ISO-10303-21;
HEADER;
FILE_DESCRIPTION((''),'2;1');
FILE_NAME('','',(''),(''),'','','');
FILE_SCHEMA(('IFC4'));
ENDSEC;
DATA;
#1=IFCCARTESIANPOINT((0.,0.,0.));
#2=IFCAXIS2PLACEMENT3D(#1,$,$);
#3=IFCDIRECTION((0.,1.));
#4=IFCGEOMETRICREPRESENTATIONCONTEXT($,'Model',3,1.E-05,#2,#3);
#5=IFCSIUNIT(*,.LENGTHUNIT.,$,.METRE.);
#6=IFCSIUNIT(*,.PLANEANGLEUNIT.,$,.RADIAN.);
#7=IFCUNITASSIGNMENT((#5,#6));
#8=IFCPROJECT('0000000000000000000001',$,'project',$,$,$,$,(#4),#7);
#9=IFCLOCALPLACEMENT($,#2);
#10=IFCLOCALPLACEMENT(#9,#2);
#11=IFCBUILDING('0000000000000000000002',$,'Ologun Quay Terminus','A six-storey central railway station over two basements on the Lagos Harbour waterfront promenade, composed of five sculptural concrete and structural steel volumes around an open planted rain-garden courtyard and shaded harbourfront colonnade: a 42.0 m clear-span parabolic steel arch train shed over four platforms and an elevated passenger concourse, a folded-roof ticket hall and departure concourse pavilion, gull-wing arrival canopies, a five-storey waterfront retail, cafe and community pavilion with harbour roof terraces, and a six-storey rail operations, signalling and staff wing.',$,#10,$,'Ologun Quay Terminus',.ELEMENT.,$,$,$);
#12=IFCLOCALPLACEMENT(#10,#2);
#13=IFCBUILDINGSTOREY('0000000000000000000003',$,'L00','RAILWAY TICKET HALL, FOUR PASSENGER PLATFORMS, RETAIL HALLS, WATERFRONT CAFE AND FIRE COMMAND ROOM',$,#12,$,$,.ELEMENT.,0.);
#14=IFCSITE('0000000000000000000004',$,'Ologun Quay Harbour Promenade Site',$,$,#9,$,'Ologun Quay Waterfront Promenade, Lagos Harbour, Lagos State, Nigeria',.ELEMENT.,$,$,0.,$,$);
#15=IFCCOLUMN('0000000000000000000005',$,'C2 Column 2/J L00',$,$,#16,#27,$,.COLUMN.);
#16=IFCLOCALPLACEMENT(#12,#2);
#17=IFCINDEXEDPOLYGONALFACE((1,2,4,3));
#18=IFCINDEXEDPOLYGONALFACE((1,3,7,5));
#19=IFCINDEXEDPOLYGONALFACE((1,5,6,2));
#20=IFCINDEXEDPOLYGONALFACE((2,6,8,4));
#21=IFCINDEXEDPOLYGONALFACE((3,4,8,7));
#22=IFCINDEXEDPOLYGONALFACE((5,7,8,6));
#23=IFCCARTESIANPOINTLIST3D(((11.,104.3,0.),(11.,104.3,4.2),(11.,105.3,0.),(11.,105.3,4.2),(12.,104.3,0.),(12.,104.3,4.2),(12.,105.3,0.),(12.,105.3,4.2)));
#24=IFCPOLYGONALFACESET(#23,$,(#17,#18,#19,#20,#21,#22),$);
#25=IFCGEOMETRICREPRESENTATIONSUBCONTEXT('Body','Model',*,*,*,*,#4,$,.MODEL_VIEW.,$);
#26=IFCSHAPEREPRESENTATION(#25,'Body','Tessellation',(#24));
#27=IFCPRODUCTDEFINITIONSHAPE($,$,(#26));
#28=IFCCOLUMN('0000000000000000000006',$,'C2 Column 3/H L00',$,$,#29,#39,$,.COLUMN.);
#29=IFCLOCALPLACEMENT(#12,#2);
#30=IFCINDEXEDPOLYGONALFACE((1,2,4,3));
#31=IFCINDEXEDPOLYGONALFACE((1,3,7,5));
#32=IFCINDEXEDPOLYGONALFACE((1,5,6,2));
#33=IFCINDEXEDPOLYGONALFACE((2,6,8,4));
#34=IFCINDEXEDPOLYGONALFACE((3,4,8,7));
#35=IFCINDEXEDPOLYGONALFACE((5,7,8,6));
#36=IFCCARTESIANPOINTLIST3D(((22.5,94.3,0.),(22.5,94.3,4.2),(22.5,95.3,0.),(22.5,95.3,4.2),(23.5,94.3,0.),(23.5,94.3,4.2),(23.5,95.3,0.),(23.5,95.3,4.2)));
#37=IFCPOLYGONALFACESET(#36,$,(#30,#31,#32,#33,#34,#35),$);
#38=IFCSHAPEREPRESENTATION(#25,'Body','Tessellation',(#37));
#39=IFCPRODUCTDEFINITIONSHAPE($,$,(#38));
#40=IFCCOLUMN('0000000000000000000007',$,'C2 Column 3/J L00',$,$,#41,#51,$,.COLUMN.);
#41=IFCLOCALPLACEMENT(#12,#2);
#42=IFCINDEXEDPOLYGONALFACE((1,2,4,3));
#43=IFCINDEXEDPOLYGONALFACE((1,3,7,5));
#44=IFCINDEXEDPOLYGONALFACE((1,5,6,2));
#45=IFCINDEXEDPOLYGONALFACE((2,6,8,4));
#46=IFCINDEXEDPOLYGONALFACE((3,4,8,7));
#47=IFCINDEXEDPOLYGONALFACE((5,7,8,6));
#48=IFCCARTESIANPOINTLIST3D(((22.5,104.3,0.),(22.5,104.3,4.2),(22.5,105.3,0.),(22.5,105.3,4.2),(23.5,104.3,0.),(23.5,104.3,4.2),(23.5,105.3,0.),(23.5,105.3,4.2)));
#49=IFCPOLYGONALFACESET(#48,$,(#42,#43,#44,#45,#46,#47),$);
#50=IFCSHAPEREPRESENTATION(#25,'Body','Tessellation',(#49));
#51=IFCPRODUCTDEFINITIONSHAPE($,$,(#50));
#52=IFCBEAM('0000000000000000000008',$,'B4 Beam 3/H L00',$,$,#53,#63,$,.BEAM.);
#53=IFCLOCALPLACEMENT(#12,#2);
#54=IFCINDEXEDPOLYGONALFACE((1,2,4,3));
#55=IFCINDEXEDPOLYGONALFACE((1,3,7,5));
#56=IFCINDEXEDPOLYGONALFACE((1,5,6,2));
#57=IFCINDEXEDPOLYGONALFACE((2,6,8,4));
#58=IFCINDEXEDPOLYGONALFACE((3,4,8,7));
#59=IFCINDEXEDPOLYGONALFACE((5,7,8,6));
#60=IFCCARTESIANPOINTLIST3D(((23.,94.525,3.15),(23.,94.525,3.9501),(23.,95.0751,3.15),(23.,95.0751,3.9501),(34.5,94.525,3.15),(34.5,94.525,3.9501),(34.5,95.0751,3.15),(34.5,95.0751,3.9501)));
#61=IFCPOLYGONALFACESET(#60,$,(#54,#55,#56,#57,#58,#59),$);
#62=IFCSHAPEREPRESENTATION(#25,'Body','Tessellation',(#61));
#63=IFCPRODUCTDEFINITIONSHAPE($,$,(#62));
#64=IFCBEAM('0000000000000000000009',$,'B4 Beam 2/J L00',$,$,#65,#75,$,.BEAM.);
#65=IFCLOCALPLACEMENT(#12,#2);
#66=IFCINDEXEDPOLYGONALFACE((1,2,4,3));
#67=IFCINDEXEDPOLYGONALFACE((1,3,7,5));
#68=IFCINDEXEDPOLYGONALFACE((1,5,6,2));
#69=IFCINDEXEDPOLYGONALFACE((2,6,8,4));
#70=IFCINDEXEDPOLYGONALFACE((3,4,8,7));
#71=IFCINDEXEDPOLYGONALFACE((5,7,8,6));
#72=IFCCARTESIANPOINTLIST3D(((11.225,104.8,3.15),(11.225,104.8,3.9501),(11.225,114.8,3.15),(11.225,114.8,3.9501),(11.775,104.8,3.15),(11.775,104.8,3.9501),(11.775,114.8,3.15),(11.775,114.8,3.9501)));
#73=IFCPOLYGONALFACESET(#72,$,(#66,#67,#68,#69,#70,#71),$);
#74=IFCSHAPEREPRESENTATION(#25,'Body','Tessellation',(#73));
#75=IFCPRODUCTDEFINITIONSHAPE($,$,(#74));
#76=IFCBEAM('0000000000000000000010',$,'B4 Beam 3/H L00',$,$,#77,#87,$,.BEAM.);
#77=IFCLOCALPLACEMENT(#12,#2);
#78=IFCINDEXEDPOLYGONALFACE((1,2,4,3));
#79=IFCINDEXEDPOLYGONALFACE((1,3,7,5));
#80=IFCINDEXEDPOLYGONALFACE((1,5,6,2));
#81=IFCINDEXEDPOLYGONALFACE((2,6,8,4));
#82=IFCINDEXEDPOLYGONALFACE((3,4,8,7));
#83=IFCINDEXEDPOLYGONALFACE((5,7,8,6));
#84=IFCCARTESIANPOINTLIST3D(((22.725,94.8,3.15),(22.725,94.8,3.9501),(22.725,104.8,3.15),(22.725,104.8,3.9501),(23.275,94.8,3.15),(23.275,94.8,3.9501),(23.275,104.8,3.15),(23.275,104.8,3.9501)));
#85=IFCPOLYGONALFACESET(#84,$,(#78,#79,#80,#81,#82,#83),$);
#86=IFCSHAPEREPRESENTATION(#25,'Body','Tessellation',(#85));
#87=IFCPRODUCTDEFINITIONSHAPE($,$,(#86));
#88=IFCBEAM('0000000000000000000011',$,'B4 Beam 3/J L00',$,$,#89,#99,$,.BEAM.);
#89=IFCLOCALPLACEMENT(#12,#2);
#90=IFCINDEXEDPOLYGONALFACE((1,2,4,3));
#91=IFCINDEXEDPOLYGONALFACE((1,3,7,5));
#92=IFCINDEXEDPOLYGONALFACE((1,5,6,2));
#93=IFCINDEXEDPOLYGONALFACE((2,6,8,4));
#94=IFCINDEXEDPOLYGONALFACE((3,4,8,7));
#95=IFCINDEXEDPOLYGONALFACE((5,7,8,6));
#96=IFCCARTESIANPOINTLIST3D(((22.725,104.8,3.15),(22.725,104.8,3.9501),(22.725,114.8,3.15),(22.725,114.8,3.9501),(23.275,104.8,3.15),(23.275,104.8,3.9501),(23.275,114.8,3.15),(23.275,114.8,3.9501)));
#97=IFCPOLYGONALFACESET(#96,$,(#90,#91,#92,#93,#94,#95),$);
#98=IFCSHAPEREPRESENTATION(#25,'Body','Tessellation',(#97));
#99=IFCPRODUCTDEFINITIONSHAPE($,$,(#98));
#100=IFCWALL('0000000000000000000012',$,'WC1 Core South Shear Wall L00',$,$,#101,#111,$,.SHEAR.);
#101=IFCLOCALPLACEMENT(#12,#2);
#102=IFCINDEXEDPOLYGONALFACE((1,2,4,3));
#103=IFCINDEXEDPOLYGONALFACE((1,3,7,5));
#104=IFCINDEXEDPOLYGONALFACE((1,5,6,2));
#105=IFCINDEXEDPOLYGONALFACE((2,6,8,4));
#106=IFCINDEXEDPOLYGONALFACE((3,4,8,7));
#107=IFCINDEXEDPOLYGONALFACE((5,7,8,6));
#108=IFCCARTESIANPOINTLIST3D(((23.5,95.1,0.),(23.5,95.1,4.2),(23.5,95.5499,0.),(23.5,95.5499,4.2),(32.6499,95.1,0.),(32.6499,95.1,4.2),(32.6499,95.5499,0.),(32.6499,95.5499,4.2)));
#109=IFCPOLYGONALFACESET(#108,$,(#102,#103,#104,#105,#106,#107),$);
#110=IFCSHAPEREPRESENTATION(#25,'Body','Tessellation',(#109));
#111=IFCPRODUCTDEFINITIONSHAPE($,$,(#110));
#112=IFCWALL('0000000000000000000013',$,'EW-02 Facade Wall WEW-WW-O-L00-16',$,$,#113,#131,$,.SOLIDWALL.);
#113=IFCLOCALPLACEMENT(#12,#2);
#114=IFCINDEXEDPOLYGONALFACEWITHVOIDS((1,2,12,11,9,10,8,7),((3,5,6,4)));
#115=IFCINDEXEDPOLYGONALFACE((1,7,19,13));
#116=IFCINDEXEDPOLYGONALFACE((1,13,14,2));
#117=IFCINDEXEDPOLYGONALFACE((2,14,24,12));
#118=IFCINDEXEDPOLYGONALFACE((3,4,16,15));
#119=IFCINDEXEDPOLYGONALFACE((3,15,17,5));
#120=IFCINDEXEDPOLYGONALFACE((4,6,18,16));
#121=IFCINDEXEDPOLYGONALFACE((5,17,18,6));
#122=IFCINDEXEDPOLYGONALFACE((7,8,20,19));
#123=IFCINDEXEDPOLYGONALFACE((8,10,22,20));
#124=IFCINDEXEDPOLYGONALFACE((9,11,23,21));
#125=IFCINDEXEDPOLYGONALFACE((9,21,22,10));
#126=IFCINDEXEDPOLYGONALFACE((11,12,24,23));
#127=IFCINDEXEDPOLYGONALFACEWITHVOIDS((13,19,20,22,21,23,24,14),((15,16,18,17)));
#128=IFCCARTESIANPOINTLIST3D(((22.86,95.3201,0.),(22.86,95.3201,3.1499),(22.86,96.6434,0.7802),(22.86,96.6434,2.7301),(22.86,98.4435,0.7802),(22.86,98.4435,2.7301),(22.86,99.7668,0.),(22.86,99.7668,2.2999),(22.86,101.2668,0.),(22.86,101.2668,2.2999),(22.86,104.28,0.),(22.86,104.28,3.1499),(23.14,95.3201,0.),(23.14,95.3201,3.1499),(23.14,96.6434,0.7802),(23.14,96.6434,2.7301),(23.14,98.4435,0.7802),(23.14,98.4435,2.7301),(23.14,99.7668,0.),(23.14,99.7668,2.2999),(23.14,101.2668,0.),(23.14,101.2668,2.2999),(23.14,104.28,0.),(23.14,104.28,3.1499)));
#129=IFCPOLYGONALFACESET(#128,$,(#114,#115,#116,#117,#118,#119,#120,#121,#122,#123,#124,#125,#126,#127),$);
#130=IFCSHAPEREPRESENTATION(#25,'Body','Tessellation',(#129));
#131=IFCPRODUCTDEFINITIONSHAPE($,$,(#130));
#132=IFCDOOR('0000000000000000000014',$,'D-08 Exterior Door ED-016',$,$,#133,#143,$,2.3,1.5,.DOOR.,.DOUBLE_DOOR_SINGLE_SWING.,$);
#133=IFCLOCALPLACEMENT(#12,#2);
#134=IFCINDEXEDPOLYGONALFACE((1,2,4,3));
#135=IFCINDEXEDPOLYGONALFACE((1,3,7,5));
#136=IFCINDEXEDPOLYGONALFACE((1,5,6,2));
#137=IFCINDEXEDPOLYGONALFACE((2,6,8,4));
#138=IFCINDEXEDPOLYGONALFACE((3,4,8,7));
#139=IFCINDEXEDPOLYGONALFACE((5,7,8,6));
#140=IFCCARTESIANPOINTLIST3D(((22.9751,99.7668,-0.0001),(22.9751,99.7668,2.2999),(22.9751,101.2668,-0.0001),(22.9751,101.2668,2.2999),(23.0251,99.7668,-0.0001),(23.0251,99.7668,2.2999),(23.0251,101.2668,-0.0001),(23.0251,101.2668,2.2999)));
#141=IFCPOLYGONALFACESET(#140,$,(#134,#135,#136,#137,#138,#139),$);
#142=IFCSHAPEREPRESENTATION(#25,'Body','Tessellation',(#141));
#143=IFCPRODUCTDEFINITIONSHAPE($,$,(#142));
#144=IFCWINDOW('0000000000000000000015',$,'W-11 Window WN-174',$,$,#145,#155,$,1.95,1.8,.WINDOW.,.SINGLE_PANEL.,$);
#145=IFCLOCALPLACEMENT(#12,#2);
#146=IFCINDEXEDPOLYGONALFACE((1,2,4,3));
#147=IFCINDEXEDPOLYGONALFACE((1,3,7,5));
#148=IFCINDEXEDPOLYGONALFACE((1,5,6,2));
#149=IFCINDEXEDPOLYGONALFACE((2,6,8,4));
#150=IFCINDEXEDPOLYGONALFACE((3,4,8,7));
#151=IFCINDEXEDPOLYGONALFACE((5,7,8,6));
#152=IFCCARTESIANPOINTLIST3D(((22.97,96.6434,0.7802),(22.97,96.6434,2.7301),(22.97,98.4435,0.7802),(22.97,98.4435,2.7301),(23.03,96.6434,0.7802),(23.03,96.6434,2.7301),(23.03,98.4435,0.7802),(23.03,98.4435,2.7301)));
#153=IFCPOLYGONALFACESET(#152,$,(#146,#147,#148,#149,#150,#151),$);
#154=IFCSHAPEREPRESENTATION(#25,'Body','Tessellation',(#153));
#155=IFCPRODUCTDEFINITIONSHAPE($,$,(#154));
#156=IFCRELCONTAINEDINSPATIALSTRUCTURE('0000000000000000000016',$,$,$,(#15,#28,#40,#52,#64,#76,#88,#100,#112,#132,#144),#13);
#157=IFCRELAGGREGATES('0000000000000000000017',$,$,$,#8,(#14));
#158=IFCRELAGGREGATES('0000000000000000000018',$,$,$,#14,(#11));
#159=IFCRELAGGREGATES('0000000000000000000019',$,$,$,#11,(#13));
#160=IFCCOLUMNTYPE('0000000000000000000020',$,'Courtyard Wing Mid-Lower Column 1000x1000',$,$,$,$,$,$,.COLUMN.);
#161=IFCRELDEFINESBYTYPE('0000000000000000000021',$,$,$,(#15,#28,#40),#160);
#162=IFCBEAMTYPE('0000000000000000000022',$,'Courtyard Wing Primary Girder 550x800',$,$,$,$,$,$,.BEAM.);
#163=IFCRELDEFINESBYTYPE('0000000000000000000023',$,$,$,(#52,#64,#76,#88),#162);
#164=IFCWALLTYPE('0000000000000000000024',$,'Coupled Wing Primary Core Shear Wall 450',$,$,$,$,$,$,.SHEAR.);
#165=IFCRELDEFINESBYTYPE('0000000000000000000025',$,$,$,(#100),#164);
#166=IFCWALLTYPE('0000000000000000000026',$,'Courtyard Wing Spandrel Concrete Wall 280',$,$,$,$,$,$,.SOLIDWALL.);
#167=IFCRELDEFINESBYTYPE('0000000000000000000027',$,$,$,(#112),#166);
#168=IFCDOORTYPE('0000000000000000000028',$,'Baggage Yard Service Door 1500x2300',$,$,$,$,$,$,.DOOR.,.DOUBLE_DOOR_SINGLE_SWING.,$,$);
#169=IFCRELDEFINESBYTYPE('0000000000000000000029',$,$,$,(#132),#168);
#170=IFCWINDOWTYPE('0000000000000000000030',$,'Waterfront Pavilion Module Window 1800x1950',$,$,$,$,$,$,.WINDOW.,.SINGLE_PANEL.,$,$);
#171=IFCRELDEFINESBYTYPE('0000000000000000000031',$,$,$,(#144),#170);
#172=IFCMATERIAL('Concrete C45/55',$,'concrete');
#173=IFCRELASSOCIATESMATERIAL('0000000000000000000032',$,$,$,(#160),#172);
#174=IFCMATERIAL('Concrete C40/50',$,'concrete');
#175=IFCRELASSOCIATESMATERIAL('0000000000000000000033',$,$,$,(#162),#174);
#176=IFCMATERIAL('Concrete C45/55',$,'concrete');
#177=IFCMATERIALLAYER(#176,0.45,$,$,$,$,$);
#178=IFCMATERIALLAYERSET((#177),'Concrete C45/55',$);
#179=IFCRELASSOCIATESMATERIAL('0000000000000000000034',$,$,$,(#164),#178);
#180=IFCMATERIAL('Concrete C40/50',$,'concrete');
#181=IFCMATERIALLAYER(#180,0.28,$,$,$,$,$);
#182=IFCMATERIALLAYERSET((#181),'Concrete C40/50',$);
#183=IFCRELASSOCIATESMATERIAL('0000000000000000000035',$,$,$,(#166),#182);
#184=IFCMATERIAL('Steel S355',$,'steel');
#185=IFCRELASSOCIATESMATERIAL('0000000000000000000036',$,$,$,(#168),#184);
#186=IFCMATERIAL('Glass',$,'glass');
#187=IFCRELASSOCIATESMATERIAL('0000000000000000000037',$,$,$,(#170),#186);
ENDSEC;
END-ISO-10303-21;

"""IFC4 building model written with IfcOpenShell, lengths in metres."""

from ifc_helpers import new_model, si_unit, direction, frame, frame_2d, origin, origin_2d, place, context, subcontext, project, spatial, rectangle, extrude, material, layer, layer_set, material_profile, profile_set, type_object, element, fill, save


model = new_model("IFC4")

# Units and contexts
model_context = context("Model", 3, precision=1e-05, world=origin(), true_north=direction((0.0, 1.0)))
body_context = subcontext(model_context, "Body", "Model", "MODEL_VIEW")
ifc_project = project(units=[si_unit("LENGTHUNIT", "METRE"), si_unit("PLANEANGLEUNIT", "RADIAN")], contexts=[model_context])

# Site, building, storey
site_placement = place(None, origin())
site = spatial("IfcSite", under=ifc_project, at=site_placement, Name="Ologun Quay Harbour Promenade Site", LongName="Ologun Quay Waterfront Promenade, Lagos Harbour, Lagos State, Nigeria", CompositionType="ELEMENT", RefElevation=0.0)
building_placement = place(site_placement, origin())
building = spatial("IfcBuilding", under=site, at=building_placement, Name="Ologun Quay Terminus", Description="A six-storey central railway station over two basements on the Lagos Harbour waterfront promenade, composed of five sculptural concrete and structural steel volumes around an open planted rain-garden courtyard and shaded harbourfront colonnade: a 42.0 m clear-span parabolic steel arch train shed over four platforms and an elevated passenger concourse, a folded-roof ticket hall and departure concourse pavilion, gull-wing arrival canopies, a five-storey waterfront retail, cafe and community pavilion with harbour roof terraces, and a six-storey rail operations, signalling and staff wing.", LongName="Ologun Quay Terminus", CompositionType="ELEMENT")
storey_placement = place(building_placement, origin())
storey = spatial("IfcBuildingStorey", under=building, at=storey_placement, Name="L00", Description="RAILWAY TICKET HALL, FOUR PASSENGER PLATFORMS, RETAIL HALLS, WATERFRONT CAFE AND FIRE COMMAND ROOM", CompositionType="ELEMENT", Elevation=0.0)

# Columns
ifc_material_1 = material(Name="Concrete C45/55", Category="concrete")
ifc_material_profile_1 = material_profile(ifc_material_1, rectangle(XDim=1.0, YDim=1.0, at=origin_2d()), Name="RC 1000x1000")
ifc_profile_set_1 = profile_set([ifc_material_profile_1], Name="Concrete C45/55")
column_type = type_object("IfcColumnType", Name="Courtyard Wing Mid-Lower Column 1000x1000", PredefinedType="COLUMN", material=ifc_profile_set_1)
for number, where, z_axis, x_axis, name in (
    (1, (11.5, 104.8, 0.0), (0.0, 0.0, 1.0), (1.0, 0.0, 0.0), "C2 Column 2/J L00"),
    (2, (23.0, 94.8, 0.0), (0.0, 0.0, 1.0), (1.0, 0.0, 0.0), "C2 Column 3/H L00"),
    (3, (23.0, 104.8, 0.0), (0.0, 0.0, 1.0), (1.0, 0.0, 0.0), "C2 Column 3/J L00"),
):
    element("IfcColumn", number, at=place(storey_placement, frame(where, z_axis=z_axis, x_axis=x_axis)), inside=storey, type_object=column_type, Name=name, PredefinedType="COLUMN", context=body_context, shape_type="SweptSolid", body=[
        extrude(rectangle(XDim=1.0, YDim=1.0, at=origin_2d()), origin(), (0.0, 0.0, 1.0), 4.2),
    ])

# Beams
ifc_material_2 = material(Name="Concrete C40/50", Category="concrete")
ifc_material_profile_2 = material_profile(ifc_material_2, rectangle(XDim=0.55, YDim=0.8, at=origin_2d()), Name="RC 550x800")
ifc_profile_set_2 = profile_set([ifc_material_profile_2], Name="Concrete C40/50")
beam_type = type_object("IfcBeamType", Name="Courtyard Wing Primary Girder 550x800", PredefinedType="BEAM", material=ifc_profile_set_2)
beam_placement = place(storey_placement, frame((23.0, 94.8, 3.55), z_axis=(1.0, 0.0, 0.0), x_axis=(0.0, 1.0, 0.0)))
element("IfcBeam", 4, at=beam_placement, inside=storey, type_object=beam_type, Name="B4 Beam 3/H L00", PredefinedType="BEAM", context=body_context, shape_type="SweptSolid", body=[
    extrude(rectangle(XDim=0.55, YDim=0.8, at=origin_2d()), origin(), (0.0, 0.0, 1.0), 11.5),
])
for number, where, z_axis, x_axis, name in (
    (5, (11.5, 104.8, 3.55), (0.0, 1.0, 0.0), (-1.0, 0.0, 0.0), "B4 Beam 2/J L00"),
    (6, (23.0, 94.8, 3.55), (0.0, 1.0, 0.0), (-1.0, 0.0, 0.0), "B4 Beam 3/H L00"),
    (7, (23.0, 104.8, 3.55), (0.0, 1.0, 0.0), (-1.0, 0.0, 0.0), "B4 Beam 3/J L00"),
):
    element("IfcBeam", number, at=place(storey_placement, frame(where, z_axis=z_axis, x_axis=x_axis)), inside=storey, type_object=beam_type, Name=name, PredefinedType="BEAM", context=body_context, shape_type="SweptSolid", body=[
        extrude(rectangle(XDim=0.55, YDim=0.8, at=origin_2d()), origin(), (0.0, 0.0, 1.0), 10.0),
    ])

# Wall
ifc_material_3 = material(Name="Concrete C45/55", Category="concrete")
ifc_layer_1 = layer(ifc_material_3, 0.45)
ifc_layer_set_1 = layer_set([ifc_layer_1], Name="Concrete C45/55")
wall_type_1 = type_object("IfcWallType", Name="Coupled Wing Primary Core Shear Wall 450", PredefinedType="SHEAR", material=ifc_layer_set_1)
wall_1_placement = place(storey_placement, frame((23.5, 95.325, 0.0), z_axis=(0.0, 0.0, 1.0), x_axis=(1.0, 0.0, 0.0)))
element("IfcWall", 8, at=wall_1_placement, inside=storey, type_object=wall_type_1, Name="WC1 Core South Shear Wall L00", PredefinedType="SHEAR", context=body_context, shape_type="SweptSolid", body=[
    extrude(rectangle(XDim=9.1499, YDim=0.45, at=frame_2d((4.575, 0.0))), origin(), (0.0, 0.0, 1.0), 4.2),
])

# Wall, openings, door, window
ifc_material_4 = material(Name="Concrete C40/50", Category="concrete")
ifc_layer_2 = layer(ifc_material_4, 0.28)
ifc_layer_set_2 = layer_set([ifc_layer_2], Name="Concrete C40/50")
wall_type_2 = type_object("IfcWallType", Name="Courtyard Wing Spandrel Concrete Wall 280", PredefinedType="SOLIDWALL", material=ifc_layer_set_2)
wall_2_placement = place(storey_placement, frame((23.0, 95.3201, 0.0), z_axis=(0.0, 0.0, 1.0), x_axis=(0.0, 1.0, 0.0)))
wall_2 = element("IfcWall", 9, at=wall_2_placement, inside=storey, type_object=wall_type_2, Name="EW-02 Facade Wall WEW-WW-O-L00-16", PredefinedType="SOLIDWALL", context=body_context, shape_type="SweptSolid", body=[
    extrude(rectangle(XDim=8.96, YDim=0.28, at=frame_2d((4.48, 0.0))), origin(), (0.0, 0.0, 1.0), 3.1499),
])
opening_1_placement = place(wall_2_placement, frame((4.4468, 0.0, 0.0)))
opening_1 = element("IfcOpeningElement", 10, at=opening_1_placement, cuts=wall_2, PredefinedType="OPENING", context=body_context, shape_type="SweptSolid", body=[
    extrude(rectangle(XDim=1.5, YDim=2.3, at=frame_2d((0.75, 1.1499))), frame((0.0, 0.1499, 0.0), z_axis=(0.0, -1.0, 0.0), x_axis=(1.0, 0.0, 0.0)), (0.0, 0.0, 1.0), 0.3),
])
opening_2_placement = place(wall_2_placement, frame((1.3235, 0.0, 0.78)))
opening_2 = element("IfcOpeningElement", 11, at=opening_2_placement, cuts=wall_2, PredefinedType="OPENING", context=body_context, shape_type="SweptSolid", body=[
    extrude(rectangle(XDim=1.8, YDim=1.95, at=frame_2d((0.8999, 0.9751))), frame((0.0, 0.1499, 0.0), z_axis=(0.0, -1.0, 0.0), x_axis=(1.0, 0.0, 0.0)), (0.0, 0.0, 1.0), 0.3),
])
ifc_material_5 = material(Name="Steel S355", Category="steel")
door_type_1 = type_object("IfcDoorType", Name="Baggage Yard Service Door 1500x2300", OperationType="DOUBLE_DOOR_SINGLE_SWING", PredefinedType="DOOR", material=ifc_material_5)
door_1_placement = place(opening_1_placement, origin())
door_1 = element("IfcDoor", 12, at=door_1_placement, inside=storey, type_object=door_type_1, Name="D-08 Exterior Door ED-016", OperationType="DOUBLE_DOOR_SINGLE_SWING", OverallHeight=2.3, OverallWidth=1.5, PredefinedType="DOOR", context=body_context, shape_type="SweptSolid", body=[
    extrude(rectangle(XDim=1.5, YDim=2.3, at=frame_2d((0.75, 1.1499))), frame((0.0, 0.0249, 0.0), z_axis=(0.0, -1.0, 0.0), x_axis=(1.0, 0.0, 0.0)), (0.0, 0.0, 1.0), 0.05),
])
fill(opening_1, door_1)
ifc_material_6 = material(Name="Glass", Category="glass")
window_type = type_object("IfcWindowType", Name="Waterfront Pavilion Module Window 1800x1950", PartitioningType="SINGLE_PANEL", PredefinedType="WINDOW", material=ifc_material_6)
window_1_placement = place(opening_2_placement, origin())
window_1 = element("IfcWindow", 13, at=window_1_placement, inside=storey, type_object=window_type, Name="W-11 Window WN-174", OverallHeight=1.95, OverallWidth=1.8, PartitioningType="SINGLE_PANEL", PredefinedType="WINDOW", context=body_context, shape_type="SweptSolid", body=[
    extrude(rectangle(XDim=1.8, YDim=1.95, at=frame_2d((0.8999, 0.9751))), frame((0.0, 0.03, 0.0), z_axis=(0.0, -1.0, 0.0), x_axis=(1.0, 0.0, 0.0)), (0.0, 0.0, 1.0), 0.0601),
])
fill(opening_2, window_1)

save(model, "model.ifc")
